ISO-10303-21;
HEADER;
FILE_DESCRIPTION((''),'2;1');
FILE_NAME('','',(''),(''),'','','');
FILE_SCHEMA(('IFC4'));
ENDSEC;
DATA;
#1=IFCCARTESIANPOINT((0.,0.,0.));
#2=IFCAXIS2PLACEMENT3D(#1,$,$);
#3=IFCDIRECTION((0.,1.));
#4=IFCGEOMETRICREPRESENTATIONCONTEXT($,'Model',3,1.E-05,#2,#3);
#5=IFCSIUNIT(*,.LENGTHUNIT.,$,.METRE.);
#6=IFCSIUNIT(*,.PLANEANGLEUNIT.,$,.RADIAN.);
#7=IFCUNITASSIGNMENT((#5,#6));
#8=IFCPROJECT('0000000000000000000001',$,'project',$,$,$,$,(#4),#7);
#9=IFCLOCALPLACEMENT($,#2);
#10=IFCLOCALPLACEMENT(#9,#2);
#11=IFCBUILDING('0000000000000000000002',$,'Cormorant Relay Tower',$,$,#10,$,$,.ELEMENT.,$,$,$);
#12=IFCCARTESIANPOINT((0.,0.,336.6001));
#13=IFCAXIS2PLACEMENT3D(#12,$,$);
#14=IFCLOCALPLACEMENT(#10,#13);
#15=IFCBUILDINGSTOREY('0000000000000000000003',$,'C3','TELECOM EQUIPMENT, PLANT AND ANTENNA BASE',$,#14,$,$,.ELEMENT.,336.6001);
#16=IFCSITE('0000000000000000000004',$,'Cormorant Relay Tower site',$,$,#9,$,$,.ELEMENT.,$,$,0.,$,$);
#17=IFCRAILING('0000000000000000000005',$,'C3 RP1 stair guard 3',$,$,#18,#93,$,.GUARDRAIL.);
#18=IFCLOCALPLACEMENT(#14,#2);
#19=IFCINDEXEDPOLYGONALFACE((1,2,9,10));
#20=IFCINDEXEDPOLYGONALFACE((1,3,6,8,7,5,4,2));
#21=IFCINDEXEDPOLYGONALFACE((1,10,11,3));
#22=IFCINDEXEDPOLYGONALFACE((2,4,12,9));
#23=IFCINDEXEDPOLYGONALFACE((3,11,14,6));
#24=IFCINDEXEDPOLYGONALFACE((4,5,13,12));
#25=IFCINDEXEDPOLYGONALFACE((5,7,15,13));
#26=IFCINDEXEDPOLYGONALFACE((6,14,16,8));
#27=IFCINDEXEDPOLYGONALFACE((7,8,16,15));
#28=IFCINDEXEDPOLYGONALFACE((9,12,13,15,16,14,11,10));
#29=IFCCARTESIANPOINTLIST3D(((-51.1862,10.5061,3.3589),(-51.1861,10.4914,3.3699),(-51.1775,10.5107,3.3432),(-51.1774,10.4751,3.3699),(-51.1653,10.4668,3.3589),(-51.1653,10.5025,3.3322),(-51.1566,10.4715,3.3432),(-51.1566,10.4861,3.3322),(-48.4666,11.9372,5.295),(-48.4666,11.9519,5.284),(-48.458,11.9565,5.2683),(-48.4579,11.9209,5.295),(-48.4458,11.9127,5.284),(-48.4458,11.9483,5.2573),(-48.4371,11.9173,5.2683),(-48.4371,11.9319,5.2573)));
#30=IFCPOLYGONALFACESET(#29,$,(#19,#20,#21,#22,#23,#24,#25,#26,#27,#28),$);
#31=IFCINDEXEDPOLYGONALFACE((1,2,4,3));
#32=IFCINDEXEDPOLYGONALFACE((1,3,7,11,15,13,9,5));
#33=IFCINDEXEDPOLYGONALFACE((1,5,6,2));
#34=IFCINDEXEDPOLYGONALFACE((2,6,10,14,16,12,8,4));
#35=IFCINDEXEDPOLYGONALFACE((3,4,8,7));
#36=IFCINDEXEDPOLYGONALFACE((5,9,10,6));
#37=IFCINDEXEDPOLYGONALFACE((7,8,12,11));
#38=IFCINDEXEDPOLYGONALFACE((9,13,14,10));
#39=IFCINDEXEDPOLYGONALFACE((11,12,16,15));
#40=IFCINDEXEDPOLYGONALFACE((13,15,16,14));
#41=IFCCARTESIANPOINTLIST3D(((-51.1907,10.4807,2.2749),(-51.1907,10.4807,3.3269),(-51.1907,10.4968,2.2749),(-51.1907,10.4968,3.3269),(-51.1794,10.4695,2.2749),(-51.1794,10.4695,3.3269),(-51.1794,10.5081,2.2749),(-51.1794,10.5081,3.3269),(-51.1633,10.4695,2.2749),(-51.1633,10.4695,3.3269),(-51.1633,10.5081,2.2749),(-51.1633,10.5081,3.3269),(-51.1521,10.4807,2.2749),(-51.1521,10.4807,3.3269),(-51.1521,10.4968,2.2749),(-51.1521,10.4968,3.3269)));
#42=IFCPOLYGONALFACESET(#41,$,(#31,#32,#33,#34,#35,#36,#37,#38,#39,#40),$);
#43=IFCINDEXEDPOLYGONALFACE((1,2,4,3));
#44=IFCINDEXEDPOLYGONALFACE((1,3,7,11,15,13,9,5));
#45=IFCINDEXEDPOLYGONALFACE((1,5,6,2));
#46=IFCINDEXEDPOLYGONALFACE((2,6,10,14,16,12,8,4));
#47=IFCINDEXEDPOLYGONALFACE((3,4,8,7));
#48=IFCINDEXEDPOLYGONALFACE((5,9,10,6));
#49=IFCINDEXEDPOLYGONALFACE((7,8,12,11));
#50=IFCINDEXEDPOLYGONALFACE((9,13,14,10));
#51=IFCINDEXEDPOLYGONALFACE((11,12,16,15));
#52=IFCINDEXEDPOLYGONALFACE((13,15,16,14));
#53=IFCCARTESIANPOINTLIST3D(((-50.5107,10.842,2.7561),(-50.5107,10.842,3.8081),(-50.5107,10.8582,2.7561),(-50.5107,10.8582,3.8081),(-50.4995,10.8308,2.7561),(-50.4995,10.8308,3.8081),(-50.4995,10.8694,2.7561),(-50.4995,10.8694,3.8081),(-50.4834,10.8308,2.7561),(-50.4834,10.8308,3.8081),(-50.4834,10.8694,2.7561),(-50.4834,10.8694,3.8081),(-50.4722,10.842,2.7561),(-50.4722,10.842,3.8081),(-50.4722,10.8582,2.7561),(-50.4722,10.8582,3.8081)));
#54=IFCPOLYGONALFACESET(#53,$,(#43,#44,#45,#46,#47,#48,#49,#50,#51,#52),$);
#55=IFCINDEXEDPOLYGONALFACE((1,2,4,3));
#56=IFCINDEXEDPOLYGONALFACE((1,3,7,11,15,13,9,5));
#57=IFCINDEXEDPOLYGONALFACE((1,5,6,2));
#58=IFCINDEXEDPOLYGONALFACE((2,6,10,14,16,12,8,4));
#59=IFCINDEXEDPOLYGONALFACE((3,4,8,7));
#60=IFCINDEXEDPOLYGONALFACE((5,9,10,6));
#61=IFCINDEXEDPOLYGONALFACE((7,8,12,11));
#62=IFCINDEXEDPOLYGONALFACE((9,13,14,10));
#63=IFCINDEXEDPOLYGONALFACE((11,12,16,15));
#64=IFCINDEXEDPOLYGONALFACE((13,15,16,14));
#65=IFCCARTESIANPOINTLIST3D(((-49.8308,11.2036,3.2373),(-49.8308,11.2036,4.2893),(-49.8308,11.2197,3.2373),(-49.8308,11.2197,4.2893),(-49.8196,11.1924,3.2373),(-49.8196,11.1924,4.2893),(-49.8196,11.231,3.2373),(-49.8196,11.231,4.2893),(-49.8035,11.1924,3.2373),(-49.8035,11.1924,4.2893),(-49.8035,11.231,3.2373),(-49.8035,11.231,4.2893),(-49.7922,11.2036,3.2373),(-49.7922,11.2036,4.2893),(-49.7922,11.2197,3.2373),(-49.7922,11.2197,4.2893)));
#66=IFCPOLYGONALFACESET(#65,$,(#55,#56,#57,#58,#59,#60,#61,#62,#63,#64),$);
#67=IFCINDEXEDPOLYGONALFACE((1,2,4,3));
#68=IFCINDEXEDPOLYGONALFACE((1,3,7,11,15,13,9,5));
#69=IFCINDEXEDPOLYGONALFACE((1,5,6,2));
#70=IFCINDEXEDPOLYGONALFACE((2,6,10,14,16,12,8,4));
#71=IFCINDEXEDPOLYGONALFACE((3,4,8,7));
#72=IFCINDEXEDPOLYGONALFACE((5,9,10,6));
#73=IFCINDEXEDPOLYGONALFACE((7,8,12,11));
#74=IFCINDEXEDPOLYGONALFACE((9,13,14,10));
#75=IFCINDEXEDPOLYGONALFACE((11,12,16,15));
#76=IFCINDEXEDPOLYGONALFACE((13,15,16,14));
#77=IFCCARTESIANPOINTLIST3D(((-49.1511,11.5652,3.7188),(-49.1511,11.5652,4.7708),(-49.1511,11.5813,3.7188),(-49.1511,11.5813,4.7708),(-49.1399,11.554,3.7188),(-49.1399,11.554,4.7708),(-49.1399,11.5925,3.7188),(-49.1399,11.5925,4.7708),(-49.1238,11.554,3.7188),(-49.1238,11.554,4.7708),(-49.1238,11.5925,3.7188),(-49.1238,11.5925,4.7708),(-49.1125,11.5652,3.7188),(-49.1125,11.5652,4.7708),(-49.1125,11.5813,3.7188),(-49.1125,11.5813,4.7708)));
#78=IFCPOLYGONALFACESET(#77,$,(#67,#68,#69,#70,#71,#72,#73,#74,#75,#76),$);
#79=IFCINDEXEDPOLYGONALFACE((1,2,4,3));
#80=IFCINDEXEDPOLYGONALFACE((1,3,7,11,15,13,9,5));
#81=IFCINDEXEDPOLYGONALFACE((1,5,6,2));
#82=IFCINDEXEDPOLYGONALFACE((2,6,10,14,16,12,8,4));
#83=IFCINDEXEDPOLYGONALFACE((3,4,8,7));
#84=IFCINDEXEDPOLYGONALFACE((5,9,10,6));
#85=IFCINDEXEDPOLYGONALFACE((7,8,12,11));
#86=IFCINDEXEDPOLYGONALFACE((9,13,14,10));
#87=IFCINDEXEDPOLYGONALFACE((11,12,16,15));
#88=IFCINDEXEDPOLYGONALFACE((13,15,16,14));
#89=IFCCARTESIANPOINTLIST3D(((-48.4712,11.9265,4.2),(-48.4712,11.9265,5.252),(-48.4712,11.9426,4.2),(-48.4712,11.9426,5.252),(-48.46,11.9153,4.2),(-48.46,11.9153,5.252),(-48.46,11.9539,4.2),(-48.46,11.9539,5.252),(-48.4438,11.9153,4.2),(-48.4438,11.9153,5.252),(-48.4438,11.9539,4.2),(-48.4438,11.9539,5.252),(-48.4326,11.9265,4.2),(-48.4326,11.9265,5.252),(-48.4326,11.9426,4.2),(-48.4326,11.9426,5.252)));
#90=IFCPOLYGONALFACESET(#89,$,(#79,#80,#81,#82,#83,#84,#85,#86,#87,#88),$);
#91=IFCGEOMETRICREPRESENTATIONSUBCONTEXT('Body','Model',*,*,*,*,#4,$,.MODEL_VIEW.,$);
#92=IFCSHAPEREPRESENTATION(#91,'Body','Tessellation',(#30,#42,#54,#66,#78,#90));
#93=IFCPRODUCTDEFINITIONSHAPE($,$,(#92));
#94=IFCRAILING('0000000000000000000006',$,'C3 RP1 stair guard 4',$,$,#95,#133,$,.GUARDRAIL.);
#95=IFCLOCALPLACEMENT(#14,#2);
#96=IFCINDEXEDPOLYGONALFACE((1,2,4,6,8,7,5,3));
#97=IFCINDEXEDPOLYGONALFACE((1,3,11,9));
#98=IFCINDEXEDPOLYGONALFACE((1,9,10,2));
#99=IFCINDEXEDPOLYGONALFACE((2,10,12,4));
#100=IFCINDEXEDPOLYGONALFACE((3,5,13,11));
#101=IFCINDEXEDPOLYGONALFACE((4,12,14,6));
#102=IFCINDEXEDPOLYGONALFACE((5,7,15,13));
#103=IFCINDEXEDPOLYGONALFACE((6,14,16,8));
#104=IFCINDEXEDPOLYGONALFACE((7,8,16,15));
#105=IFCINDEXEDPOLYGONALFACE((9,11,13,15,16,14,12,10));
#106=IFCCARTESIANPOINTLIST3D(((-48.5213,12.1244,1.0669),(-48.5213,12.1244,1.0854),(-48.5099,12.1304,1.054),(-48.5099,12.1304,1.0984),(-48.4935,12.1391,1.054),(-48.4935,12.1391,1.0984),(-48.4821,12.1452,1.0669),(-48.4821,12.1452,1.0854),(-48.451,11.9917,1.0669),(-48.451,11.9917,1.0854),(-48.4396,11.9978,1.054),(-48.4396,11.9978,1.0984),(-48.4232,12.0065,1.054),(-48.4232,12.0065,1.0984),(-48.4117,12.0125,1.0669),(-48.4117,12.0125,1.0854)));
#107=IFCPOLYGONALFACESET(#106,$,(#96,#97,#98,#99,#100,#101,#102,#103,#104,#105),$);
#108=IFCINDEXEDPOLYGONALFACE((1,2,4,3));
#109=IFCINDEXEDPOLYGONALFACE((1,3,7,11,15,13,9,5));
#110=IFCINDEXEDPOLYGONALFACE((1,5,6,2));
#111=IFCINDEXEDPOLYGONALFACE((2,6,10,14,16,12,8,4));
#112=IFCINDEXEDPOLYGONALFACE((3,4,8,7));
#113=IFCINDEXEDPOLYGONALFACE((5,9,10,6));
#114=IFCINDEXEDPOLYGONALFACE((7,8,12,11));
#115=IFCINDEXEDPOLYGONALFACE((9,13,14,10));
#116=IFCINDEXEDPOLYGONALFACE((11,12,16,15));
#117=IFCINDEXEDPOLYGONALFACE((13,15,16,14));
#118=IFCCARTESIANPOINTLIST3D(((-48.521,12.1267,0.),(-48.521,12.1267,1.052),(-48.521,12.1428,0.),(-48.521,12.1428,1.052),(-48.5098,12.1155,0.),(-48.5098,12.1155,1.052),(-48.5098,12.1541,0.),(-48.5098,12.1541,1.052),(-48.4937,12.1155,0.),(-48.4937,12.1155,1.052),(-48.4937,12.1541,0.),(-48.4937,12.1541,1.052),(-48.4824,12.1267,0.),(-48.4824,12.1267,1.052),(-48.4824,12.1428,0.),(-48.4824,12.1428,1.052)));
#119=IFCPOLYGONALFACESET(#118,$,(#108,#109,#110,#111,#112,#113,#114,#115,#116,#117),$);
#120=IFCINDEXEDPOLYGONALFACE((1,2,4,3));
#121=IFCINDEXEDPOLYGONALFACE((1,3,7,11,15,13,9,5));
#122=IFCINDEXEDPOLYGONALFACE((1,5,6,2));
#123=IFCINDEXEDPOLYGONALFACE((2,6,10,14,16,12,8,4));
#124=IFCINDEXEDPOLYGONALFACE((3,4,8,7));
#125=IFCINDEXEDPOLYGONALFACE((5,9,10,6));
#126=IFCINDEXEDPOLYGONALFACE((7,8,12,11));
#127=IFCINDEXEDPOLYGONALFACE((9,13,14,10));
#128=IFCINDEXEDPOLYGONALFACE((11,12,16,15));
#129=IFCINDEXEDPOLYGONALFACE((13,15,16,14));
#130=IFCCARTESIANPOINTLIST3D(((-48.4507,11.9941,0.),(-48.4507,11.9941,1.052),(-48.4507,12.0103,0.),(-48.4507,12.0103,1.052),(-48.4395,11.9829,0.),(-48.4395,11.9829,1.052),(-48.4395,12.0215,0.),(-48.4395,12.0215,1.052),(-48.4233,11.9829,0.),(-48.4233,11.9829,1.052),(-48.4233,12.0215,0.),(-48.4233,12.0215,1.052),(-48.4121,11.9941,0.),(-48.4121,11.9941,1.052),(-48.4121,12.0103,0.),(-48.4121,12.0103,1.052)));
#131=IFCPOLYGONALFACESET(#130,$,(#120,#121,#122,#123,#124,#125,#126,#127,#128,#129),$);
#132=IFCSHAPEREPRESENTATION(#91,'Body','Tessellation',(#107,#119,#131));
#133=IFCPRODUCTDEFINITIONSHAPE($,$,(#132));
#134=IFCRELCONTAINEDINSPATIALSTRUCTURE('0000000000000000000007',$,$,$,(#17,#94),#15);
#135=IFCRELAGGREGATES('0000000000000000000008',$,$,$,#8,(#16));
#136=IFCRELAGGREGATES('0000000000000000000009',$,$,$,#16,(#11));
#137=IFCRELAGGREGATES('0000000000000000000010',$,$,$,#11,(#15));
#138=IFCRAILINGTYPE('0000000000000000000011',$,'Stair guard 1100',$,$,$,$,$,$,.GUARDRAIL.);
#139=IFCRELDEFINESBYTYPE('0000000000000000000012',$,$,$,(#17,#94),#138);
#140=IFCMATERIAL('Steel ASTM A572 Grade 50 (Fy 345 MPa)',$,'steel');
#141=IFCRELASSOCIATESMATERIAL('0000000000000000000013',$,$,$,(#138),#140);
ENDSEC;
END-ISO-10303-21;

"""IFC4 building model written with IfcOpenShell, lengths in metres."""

from ifc_helpers import new_model, si_unit, direction, frame, origin, place, context, subcontext, project, spatial, polyline, outline, extrude, material, type_object, element, save


model = new_model("IFC4")

# Units and contexts
model_context = context("Model", 3, precision=1e-05, world=origin(), true_north=direction((0.0, 1.0)))
body_context = subcontext(model_context, "Body", "Model", "MODEL_VIEW")
ifc_project = project(units=[si_unit("LENGTHUNIT", "METRE"), si_unit("PLANEANGLEUNIT", "RADIAN")], contexts=[model_context])

# Site, building, storey
site_placement = place(None, origin())
site = spatial("IfcSite", under=ifc_project, at=site_placement, Name="Cormorant Relay Tower site", CompositionType="ELEMENT", RefElevation=0.0)
building_placement = place(site_placement, origin())
building = spatial("IfcBuilding", under=site, at=building_placement, Name="Cormorant Relay Tower", CompositionType="ELEMENT")
storey_placement = place(building_placement, frame((0.0, 0.0, 336.6001)))
storey = spatial("IfcBuildingStorey", under=building, at=storey_placement, Name="C3", Description="TELECOM EQUIPMENT, PLANT AND ANTENNA BASE", CompositionType="ELEMENT", Elevation=336.6001)

# Railings
ifc_material_1 = material(Name="Steel ASTM A572 Grade 50 (Fy 345 MPa)", Category="steel")
railing_type_1 = type_object("IfcRailingType", Name="Stair guard 1100", PredefinedType="GUARDRAIL", material=ifc_material_1)
railing_1_placement = place(storey_placement, frame((-51.1714, 10.4888, 2.2749)))
element("IfcRailing", 1, at=railing_1_placement, inside=storey, type_object=railing_type_1, Name="C3 RP1 stair guard 3", PredefinedType="GUARDRAIL", context=body_context, shape_type="SweptSolid", body=[
    extrude(outline(polyline([(0.0222, 0.0093), (0.0093, 0.0222), (-0.0093, 0.0222), (-0.0222, 0.0093), (-0.0222, -0.0093), (-0.0093, -0.0222), (0.0093, -0.0222), (0.0222, -0.0093), (0.0222, 0.0093)])), frame((0.0, 0.0, 1.0762), z_axis=(0.748747, 0.398068, 0.530018), x_axis=(-0.469428, 0.882971, 0.0)), (0.0, 0.0, 1.0), 3.6321),
    extrude(outline(polyline([(0.0193, 0.0081), (0.0081, 0.0193), (-0.0081, 0.0193), (-0.0193, 0.0081), (-0.0193, -0.0081), (-0.0081, -0.0193), (0.0081, -0.0193), (0.0193, -0.0081), (0.0193, 0.0081)])), origin(), (0.0, 0.0, 1.0), 1.052),
    extrude(outline(polyline([(0.0193, 0.0081), (0.0081, 0.0193), (-0.0081, 0.0193), (-0.0193, 0.0081), (-0.0193, -0.0081), (-0.0081, -0.0193), (0.0081, -0.0193), (0.0193, -0.0081), (0.0193, 0.0081)])), frame((0.6799, 0.3613, 0.4812)), (0.0, 0.0, 1.0), 1.052),
    extrude(outline(polyline([(0.0193, 0.0081), (0.0081, 0.0193), (-0.0081, 0.0193), (-0.0193, 0.0081), (-0.0193, -0.0081), (-0.0081, -0.0193), (0.0081, -0.0193), (0.0193, -0.0081), (0.0193, 0.0081)])), frame((1.3599, 0.7229, 0.9624)), (0.0, 0.0, 1.0), 1.052),
    extrude(outline(polyline([(0.0193, 0.0081), (0.0081, 0.0193), (-0.0081, 0.0193), (-0.0193, 0.0081), (-0.0193, -0.0081), (-0.0081, -0.0193), (0.0081, -0.0193), (0.0193, -0.0081), (0.0193, 0.0081)])), frame((2.0396, 1.0845, 1.4438)), (0.0, 0.0, 1.0), 1.052),
    extrude(outline(polyline([(0.0193, 0.0081), (0.0081, 0.0193), (-0.0081, 0.0193), (-0.0193, 0.0081), (-0.0193, -0.0081), (-0.0081, -0.0193), (0.0081, -0.0193), (0.0193, -0.0081), (0.0193, 0.0081)])), frame((2.7195, 1.4458, 1.925)), (0.0, 0.0, 1.0), 1.052),
])
railing_2_placement = place(storey_placement, frame((-48.5017, 12.1348, 0.0)))
element("IfcRailing", 2, at=railing_2_placement, inside=storey, type_object=railing_type_1, Name="C3 RP1 stair guard 4", PredefinedType="GUARDRAIL", context=body_context, shape_type="SweptSolid", body=[
    extrude(outline(polyline([(0.0222, 0.0093), (0.0093, 0.0222), (-0.0093, 0.0222), (-0.0222, 0.0093), (-0.0222, -0.0093), (-0.0093, -0.0222), (0.0093, -0.0222), (0.0222, -0.0093), (0.0222, 0.0093)])), frame((0.0, 0.0, 1.0762), z_axis=(0.46856, -0.883431, 0.0), x_axis=(0.883431, 0.46856, 0.0)), (0.0, 0.0, 1.0), 0.1501),
    extrude(outline(polyline([(0.0193, 0.0081), (0.0081, 0.0193), (-0.0081, 0.0193), (-0.0193, 0.0081), (-0.0193, -0.0081), (-0.0081, -0.0193), (0.0081, -0.0193), (0.0193, -0.0081), (0.0193, 0.0081)])), origin(), (0.0, 0.0, 1.0), 1.052),
    extrude(outline(polyline([(0.0193, 0.0081), (0.0081, 0.0193), (-0.0081, 0.0193), (-0.0193, 0.0081), (-0.0193, -0.0081), (-0.0081, -0.0193), (0.0081, -0.0193), (0.0193, -0.0081), (0.0193, 0.0081)])), frame((0.0703, -0.1326, 0.0)), (0.0, 0.0, 1.0), 1.052),
])

save(model, "model.ifc")
